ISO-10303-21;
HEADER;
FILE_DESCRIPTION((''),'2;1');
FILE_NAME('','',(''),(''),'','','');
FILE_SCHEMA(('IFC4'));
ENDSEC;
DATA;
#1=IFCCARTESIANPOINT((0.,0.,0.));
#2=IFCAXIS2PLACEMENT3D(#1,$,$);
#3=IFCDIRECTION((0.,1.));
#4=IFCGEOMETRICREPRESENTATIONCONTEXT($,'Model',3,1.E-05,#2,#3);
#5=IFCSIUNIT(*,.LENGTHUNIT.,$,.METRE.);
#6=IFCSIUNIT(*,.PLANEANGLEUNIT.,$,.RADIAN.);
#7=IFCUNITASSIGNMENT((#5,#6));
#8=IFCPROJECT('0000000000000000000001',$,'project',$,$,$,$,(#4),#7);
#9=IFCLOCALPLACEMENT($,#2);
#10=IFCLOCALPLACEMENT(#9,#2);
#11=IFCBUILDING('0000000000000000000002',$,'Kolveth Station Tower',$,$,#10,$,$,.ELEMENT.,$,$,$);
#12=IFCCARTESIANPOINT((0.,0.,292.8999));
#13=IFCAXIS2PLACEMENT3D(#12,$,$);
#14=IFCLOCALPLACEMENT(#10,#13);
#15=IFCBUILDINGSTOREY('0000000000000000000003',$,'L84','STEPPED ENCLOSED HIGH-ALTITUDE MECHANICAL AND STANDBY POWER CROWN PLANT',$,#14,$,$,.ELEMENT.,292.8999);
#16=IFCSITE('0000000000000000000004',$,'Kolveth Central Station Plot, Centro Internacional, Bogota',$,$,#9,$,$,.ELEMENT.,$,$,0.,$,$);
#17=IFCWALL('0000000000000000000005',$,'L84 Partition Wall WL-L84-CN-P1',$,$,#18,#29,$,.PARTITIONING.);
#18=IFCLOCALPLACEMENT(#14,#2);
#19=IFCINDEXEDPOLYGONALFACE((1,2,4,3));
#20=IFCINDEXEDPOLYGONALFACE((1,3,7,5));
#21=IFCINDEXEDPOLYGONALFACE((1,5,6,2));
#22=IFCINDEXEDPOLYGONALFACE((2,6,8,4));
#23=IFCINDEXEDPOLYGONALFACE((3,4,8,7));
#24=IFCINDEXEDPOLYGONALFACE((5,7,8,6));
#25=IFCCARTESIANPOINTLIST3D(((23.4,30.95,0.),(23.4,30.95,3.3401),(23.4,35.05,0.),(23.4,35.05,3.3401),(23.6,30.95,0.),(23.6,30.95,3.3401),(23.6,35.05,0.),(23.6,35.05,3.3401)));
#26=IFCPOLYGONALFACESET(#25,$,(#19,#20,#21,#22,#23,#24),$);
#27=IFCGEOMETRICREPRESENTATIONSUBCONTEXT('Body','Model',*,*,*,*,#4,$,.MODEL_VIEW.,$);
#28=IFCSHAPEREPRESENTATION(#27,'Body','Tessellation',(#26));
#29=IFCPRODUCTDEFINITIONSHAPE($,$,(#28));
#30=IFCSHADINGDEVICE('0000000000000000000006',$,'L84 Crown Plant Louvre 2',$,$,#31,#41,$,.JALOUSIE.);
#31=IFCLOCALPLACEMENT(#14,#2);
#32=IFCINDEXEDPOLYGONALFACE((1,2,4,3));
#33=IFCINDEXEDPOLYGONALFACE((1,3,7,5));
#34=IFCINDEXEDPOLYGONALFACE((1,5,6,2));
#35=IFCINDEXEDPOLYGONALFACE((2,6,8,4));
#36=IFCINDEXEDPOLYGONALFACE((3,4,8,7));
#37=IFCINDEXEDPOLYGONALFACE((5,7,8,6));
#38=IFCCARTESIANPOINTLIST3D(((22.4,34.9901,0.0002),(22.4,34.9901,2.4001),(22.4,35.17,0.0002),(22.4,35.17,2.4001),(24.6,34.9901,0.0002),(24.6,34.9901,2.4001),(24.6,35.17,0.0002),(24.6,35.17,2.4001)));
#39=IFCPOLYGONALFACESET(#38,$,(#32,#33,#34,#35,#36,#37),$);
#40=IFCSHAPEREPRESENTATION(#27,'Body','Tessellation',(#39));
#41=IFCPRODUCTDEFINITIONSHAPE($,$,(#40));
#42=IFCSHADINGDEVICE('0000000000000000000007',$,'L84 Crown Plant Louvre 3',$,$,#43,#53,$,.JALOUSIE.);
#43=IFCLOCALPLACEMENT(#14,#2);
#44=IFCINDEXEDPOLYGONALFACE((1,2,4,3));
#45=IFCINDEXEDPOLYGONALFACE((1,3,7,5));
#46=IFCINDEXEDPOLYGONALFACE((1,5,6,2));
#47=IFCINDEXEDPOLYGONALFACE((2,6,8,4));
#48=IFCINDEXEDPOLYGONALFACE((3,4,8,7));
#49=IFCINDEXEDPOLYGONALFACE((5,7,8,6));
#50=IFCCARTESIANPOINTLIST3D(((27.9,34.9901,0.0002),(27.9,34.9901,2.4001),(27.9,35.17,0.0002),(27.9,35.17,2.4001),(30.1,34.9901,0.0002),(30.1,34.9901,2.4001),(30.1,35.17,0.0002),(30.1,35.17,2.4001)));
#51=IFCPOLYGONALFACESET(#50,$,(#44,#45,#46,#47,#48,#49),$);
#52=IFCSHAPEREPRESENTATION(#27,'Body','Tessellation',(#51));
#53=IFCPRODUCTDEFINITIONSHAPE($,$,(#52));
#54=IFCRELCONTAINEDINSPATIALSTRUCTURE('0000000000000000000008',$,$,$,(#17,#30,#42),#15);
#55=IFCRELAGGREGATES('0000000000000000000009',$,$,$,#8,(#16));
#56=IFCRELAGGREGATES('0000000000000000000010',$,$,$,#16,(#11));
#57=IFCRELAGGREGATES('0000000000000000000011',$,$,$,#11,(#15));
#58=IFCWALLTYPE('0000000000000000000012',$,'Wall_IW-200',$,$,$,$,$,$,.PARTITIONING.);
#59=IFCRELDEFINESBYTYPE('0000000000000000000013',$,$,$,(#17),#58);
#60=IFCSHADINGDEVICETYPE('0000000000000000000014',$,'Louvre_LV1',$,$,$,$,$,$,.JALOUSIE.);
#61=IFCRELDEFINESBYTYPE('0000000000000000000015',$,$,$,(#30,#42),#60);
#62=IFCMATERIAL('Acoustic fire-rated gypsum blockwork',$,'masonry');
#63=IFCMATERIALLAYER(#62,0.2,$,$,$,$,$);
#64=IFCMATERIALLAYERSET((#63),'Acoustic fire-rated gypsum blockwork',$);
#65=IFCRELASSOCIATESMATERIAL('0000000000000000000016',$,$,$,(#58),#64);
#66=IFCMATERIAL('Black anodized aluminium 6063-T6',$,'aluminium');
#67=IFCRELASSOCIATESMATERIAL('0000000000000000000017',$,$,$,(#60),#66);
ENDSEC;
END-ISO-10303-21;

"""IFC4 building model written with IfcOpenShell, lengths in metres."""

from ifc_helpers import new_model, si_unit, direction, frame, frame_2d, origin, origin_2d, place, context, subcontext, project, spatial, rectangle, extrude, source, transform, mapped, material, layer, layer_set, type_object, element, save


model = new_model("IFC4")

# Units and contexts
model_context = context("Model", 3, precision=1e-05, world=origin(), true_north=direction((0.0, 1.0)))
body_context = subcontext(model_context, "Body", "Model", "MODEL_VIEW")
ifc_project = project(units=[si_unit("LENGTHUNIT", "METRE"), si_unit("PLANEANGLEUNIT", "RADIAN")], contexts=[model_context])

# Site, building, storey
site_placement = place(None, origin())
site = spatial("IfcSite", under=ifc_project, at=site_placement, Name="Kolveth Central Station Plot, Centro Internacional, Bogota", CompositionType="ELEMENT", RefElevation=0.0)
building_placement = place(site_placement, origin())
building = spatial("IfcBuilding", under=site, at=building_placement, Name="Kolveth Station Tower", CompositionType="ELEMENT")
storey_placement = place(building_placement, frame((0.0, 0.0, 292.8999)))
storey = spatial("IfcBuildingStorey", under=building, at=storey_placement, Name="L84", Description="STEPPED ENCLOSED HIGH-ALTITUDE MECHANICAL AND STANDBY POWER CROWN PLANT", CompositionType="ELEMENT", Elevation=292.8999)

# Shared definitions
ifc_material_1 = material(Name="Black anodized aluminium 6063-T6", Category="aluminium")

# Wall
ifc_material_2 = material(Name="Acoustic fire-rated gypsum blockwork", Category="masonry")
ifc_layer_1 = layer(ifc_material_2, 0.2)
ifc_layer_set_1 = layer_set([ifc_layer_1], Name="Acoustic fire-rated gypsum blockwork")
wall_type = type_object("IfcWallType", Name="Wall_IW-200", PredefinedType="PARTITIONING", material=ifc_layer_set_1)
wall_placement = place(storey_placement, frame((23.5, 30.95, 0.0), z_axis=(0.0, 0.0, 1.0), x_axis=(0.0, 1.0, 0.0)))
element("IfcWall", 1, at=wall_placement, inside=storey, type_object=wall_type, Name="L84 Partition Wall WL-L84-CN-P1", PredefinedType="PARTITIONING", context=body_context, shape_type="SweptSolid", body=[
    extrude(rectangle(XDim=4.1001, YDim=0.2, at=frame_2d((2.05, 0.0))), origin(), (0.0, 0.0, 1.0), 3.3401),
])

# Shading devices
shading_device_type = type_object("IfcShadingDeviceType", Name="Louvre_LV1", PredefinedType="JALOUSIE", material=ifc_material_1)
shared_shape_1 = source(origin(), body_context, "Body", "SweptSolid", [
    extrude(rectangle(XDim=2.2, YDim=0.1799, at=origin_2d()), origin(), (0.0, 0.0, 1.0), 2.3999),
])
for number, where, z_axis, x_axis, name in (
    (2, (23.5, 35.0801, 0.0002), (0.0, 0.0, 1.0), (1.0, 0.0, 0.0), "L84 Crown Plant Louvre 2"),
    (3, (29.0, 35.0801, 0.0002), (0.0, 0.0, 1.0), (1.0, 0.0, 0.0), "L84 Crown Plant Louvre 3"),
):
    element("IfcShadingDevice", number, at=place(storey_placement, frame(where, z_axis=z_axis, x_axis=x_axis)), inside=storey, type_object=shading_device_type, Name=name, PredefinedType="JALOUSIE", context=body_context, shape_type="MappedRepresentation", body=[
        mapped(shared_shape_1, transform((0.0, 0.0, 0.0), x_axis=(1.0, 0.0, 0.0), y_axis=(0.0, 1.0, 0.0), z_axis=(0.0, 0.0, 1.0), scale=1.0)),
    ])

save(model, "model.ifc")
